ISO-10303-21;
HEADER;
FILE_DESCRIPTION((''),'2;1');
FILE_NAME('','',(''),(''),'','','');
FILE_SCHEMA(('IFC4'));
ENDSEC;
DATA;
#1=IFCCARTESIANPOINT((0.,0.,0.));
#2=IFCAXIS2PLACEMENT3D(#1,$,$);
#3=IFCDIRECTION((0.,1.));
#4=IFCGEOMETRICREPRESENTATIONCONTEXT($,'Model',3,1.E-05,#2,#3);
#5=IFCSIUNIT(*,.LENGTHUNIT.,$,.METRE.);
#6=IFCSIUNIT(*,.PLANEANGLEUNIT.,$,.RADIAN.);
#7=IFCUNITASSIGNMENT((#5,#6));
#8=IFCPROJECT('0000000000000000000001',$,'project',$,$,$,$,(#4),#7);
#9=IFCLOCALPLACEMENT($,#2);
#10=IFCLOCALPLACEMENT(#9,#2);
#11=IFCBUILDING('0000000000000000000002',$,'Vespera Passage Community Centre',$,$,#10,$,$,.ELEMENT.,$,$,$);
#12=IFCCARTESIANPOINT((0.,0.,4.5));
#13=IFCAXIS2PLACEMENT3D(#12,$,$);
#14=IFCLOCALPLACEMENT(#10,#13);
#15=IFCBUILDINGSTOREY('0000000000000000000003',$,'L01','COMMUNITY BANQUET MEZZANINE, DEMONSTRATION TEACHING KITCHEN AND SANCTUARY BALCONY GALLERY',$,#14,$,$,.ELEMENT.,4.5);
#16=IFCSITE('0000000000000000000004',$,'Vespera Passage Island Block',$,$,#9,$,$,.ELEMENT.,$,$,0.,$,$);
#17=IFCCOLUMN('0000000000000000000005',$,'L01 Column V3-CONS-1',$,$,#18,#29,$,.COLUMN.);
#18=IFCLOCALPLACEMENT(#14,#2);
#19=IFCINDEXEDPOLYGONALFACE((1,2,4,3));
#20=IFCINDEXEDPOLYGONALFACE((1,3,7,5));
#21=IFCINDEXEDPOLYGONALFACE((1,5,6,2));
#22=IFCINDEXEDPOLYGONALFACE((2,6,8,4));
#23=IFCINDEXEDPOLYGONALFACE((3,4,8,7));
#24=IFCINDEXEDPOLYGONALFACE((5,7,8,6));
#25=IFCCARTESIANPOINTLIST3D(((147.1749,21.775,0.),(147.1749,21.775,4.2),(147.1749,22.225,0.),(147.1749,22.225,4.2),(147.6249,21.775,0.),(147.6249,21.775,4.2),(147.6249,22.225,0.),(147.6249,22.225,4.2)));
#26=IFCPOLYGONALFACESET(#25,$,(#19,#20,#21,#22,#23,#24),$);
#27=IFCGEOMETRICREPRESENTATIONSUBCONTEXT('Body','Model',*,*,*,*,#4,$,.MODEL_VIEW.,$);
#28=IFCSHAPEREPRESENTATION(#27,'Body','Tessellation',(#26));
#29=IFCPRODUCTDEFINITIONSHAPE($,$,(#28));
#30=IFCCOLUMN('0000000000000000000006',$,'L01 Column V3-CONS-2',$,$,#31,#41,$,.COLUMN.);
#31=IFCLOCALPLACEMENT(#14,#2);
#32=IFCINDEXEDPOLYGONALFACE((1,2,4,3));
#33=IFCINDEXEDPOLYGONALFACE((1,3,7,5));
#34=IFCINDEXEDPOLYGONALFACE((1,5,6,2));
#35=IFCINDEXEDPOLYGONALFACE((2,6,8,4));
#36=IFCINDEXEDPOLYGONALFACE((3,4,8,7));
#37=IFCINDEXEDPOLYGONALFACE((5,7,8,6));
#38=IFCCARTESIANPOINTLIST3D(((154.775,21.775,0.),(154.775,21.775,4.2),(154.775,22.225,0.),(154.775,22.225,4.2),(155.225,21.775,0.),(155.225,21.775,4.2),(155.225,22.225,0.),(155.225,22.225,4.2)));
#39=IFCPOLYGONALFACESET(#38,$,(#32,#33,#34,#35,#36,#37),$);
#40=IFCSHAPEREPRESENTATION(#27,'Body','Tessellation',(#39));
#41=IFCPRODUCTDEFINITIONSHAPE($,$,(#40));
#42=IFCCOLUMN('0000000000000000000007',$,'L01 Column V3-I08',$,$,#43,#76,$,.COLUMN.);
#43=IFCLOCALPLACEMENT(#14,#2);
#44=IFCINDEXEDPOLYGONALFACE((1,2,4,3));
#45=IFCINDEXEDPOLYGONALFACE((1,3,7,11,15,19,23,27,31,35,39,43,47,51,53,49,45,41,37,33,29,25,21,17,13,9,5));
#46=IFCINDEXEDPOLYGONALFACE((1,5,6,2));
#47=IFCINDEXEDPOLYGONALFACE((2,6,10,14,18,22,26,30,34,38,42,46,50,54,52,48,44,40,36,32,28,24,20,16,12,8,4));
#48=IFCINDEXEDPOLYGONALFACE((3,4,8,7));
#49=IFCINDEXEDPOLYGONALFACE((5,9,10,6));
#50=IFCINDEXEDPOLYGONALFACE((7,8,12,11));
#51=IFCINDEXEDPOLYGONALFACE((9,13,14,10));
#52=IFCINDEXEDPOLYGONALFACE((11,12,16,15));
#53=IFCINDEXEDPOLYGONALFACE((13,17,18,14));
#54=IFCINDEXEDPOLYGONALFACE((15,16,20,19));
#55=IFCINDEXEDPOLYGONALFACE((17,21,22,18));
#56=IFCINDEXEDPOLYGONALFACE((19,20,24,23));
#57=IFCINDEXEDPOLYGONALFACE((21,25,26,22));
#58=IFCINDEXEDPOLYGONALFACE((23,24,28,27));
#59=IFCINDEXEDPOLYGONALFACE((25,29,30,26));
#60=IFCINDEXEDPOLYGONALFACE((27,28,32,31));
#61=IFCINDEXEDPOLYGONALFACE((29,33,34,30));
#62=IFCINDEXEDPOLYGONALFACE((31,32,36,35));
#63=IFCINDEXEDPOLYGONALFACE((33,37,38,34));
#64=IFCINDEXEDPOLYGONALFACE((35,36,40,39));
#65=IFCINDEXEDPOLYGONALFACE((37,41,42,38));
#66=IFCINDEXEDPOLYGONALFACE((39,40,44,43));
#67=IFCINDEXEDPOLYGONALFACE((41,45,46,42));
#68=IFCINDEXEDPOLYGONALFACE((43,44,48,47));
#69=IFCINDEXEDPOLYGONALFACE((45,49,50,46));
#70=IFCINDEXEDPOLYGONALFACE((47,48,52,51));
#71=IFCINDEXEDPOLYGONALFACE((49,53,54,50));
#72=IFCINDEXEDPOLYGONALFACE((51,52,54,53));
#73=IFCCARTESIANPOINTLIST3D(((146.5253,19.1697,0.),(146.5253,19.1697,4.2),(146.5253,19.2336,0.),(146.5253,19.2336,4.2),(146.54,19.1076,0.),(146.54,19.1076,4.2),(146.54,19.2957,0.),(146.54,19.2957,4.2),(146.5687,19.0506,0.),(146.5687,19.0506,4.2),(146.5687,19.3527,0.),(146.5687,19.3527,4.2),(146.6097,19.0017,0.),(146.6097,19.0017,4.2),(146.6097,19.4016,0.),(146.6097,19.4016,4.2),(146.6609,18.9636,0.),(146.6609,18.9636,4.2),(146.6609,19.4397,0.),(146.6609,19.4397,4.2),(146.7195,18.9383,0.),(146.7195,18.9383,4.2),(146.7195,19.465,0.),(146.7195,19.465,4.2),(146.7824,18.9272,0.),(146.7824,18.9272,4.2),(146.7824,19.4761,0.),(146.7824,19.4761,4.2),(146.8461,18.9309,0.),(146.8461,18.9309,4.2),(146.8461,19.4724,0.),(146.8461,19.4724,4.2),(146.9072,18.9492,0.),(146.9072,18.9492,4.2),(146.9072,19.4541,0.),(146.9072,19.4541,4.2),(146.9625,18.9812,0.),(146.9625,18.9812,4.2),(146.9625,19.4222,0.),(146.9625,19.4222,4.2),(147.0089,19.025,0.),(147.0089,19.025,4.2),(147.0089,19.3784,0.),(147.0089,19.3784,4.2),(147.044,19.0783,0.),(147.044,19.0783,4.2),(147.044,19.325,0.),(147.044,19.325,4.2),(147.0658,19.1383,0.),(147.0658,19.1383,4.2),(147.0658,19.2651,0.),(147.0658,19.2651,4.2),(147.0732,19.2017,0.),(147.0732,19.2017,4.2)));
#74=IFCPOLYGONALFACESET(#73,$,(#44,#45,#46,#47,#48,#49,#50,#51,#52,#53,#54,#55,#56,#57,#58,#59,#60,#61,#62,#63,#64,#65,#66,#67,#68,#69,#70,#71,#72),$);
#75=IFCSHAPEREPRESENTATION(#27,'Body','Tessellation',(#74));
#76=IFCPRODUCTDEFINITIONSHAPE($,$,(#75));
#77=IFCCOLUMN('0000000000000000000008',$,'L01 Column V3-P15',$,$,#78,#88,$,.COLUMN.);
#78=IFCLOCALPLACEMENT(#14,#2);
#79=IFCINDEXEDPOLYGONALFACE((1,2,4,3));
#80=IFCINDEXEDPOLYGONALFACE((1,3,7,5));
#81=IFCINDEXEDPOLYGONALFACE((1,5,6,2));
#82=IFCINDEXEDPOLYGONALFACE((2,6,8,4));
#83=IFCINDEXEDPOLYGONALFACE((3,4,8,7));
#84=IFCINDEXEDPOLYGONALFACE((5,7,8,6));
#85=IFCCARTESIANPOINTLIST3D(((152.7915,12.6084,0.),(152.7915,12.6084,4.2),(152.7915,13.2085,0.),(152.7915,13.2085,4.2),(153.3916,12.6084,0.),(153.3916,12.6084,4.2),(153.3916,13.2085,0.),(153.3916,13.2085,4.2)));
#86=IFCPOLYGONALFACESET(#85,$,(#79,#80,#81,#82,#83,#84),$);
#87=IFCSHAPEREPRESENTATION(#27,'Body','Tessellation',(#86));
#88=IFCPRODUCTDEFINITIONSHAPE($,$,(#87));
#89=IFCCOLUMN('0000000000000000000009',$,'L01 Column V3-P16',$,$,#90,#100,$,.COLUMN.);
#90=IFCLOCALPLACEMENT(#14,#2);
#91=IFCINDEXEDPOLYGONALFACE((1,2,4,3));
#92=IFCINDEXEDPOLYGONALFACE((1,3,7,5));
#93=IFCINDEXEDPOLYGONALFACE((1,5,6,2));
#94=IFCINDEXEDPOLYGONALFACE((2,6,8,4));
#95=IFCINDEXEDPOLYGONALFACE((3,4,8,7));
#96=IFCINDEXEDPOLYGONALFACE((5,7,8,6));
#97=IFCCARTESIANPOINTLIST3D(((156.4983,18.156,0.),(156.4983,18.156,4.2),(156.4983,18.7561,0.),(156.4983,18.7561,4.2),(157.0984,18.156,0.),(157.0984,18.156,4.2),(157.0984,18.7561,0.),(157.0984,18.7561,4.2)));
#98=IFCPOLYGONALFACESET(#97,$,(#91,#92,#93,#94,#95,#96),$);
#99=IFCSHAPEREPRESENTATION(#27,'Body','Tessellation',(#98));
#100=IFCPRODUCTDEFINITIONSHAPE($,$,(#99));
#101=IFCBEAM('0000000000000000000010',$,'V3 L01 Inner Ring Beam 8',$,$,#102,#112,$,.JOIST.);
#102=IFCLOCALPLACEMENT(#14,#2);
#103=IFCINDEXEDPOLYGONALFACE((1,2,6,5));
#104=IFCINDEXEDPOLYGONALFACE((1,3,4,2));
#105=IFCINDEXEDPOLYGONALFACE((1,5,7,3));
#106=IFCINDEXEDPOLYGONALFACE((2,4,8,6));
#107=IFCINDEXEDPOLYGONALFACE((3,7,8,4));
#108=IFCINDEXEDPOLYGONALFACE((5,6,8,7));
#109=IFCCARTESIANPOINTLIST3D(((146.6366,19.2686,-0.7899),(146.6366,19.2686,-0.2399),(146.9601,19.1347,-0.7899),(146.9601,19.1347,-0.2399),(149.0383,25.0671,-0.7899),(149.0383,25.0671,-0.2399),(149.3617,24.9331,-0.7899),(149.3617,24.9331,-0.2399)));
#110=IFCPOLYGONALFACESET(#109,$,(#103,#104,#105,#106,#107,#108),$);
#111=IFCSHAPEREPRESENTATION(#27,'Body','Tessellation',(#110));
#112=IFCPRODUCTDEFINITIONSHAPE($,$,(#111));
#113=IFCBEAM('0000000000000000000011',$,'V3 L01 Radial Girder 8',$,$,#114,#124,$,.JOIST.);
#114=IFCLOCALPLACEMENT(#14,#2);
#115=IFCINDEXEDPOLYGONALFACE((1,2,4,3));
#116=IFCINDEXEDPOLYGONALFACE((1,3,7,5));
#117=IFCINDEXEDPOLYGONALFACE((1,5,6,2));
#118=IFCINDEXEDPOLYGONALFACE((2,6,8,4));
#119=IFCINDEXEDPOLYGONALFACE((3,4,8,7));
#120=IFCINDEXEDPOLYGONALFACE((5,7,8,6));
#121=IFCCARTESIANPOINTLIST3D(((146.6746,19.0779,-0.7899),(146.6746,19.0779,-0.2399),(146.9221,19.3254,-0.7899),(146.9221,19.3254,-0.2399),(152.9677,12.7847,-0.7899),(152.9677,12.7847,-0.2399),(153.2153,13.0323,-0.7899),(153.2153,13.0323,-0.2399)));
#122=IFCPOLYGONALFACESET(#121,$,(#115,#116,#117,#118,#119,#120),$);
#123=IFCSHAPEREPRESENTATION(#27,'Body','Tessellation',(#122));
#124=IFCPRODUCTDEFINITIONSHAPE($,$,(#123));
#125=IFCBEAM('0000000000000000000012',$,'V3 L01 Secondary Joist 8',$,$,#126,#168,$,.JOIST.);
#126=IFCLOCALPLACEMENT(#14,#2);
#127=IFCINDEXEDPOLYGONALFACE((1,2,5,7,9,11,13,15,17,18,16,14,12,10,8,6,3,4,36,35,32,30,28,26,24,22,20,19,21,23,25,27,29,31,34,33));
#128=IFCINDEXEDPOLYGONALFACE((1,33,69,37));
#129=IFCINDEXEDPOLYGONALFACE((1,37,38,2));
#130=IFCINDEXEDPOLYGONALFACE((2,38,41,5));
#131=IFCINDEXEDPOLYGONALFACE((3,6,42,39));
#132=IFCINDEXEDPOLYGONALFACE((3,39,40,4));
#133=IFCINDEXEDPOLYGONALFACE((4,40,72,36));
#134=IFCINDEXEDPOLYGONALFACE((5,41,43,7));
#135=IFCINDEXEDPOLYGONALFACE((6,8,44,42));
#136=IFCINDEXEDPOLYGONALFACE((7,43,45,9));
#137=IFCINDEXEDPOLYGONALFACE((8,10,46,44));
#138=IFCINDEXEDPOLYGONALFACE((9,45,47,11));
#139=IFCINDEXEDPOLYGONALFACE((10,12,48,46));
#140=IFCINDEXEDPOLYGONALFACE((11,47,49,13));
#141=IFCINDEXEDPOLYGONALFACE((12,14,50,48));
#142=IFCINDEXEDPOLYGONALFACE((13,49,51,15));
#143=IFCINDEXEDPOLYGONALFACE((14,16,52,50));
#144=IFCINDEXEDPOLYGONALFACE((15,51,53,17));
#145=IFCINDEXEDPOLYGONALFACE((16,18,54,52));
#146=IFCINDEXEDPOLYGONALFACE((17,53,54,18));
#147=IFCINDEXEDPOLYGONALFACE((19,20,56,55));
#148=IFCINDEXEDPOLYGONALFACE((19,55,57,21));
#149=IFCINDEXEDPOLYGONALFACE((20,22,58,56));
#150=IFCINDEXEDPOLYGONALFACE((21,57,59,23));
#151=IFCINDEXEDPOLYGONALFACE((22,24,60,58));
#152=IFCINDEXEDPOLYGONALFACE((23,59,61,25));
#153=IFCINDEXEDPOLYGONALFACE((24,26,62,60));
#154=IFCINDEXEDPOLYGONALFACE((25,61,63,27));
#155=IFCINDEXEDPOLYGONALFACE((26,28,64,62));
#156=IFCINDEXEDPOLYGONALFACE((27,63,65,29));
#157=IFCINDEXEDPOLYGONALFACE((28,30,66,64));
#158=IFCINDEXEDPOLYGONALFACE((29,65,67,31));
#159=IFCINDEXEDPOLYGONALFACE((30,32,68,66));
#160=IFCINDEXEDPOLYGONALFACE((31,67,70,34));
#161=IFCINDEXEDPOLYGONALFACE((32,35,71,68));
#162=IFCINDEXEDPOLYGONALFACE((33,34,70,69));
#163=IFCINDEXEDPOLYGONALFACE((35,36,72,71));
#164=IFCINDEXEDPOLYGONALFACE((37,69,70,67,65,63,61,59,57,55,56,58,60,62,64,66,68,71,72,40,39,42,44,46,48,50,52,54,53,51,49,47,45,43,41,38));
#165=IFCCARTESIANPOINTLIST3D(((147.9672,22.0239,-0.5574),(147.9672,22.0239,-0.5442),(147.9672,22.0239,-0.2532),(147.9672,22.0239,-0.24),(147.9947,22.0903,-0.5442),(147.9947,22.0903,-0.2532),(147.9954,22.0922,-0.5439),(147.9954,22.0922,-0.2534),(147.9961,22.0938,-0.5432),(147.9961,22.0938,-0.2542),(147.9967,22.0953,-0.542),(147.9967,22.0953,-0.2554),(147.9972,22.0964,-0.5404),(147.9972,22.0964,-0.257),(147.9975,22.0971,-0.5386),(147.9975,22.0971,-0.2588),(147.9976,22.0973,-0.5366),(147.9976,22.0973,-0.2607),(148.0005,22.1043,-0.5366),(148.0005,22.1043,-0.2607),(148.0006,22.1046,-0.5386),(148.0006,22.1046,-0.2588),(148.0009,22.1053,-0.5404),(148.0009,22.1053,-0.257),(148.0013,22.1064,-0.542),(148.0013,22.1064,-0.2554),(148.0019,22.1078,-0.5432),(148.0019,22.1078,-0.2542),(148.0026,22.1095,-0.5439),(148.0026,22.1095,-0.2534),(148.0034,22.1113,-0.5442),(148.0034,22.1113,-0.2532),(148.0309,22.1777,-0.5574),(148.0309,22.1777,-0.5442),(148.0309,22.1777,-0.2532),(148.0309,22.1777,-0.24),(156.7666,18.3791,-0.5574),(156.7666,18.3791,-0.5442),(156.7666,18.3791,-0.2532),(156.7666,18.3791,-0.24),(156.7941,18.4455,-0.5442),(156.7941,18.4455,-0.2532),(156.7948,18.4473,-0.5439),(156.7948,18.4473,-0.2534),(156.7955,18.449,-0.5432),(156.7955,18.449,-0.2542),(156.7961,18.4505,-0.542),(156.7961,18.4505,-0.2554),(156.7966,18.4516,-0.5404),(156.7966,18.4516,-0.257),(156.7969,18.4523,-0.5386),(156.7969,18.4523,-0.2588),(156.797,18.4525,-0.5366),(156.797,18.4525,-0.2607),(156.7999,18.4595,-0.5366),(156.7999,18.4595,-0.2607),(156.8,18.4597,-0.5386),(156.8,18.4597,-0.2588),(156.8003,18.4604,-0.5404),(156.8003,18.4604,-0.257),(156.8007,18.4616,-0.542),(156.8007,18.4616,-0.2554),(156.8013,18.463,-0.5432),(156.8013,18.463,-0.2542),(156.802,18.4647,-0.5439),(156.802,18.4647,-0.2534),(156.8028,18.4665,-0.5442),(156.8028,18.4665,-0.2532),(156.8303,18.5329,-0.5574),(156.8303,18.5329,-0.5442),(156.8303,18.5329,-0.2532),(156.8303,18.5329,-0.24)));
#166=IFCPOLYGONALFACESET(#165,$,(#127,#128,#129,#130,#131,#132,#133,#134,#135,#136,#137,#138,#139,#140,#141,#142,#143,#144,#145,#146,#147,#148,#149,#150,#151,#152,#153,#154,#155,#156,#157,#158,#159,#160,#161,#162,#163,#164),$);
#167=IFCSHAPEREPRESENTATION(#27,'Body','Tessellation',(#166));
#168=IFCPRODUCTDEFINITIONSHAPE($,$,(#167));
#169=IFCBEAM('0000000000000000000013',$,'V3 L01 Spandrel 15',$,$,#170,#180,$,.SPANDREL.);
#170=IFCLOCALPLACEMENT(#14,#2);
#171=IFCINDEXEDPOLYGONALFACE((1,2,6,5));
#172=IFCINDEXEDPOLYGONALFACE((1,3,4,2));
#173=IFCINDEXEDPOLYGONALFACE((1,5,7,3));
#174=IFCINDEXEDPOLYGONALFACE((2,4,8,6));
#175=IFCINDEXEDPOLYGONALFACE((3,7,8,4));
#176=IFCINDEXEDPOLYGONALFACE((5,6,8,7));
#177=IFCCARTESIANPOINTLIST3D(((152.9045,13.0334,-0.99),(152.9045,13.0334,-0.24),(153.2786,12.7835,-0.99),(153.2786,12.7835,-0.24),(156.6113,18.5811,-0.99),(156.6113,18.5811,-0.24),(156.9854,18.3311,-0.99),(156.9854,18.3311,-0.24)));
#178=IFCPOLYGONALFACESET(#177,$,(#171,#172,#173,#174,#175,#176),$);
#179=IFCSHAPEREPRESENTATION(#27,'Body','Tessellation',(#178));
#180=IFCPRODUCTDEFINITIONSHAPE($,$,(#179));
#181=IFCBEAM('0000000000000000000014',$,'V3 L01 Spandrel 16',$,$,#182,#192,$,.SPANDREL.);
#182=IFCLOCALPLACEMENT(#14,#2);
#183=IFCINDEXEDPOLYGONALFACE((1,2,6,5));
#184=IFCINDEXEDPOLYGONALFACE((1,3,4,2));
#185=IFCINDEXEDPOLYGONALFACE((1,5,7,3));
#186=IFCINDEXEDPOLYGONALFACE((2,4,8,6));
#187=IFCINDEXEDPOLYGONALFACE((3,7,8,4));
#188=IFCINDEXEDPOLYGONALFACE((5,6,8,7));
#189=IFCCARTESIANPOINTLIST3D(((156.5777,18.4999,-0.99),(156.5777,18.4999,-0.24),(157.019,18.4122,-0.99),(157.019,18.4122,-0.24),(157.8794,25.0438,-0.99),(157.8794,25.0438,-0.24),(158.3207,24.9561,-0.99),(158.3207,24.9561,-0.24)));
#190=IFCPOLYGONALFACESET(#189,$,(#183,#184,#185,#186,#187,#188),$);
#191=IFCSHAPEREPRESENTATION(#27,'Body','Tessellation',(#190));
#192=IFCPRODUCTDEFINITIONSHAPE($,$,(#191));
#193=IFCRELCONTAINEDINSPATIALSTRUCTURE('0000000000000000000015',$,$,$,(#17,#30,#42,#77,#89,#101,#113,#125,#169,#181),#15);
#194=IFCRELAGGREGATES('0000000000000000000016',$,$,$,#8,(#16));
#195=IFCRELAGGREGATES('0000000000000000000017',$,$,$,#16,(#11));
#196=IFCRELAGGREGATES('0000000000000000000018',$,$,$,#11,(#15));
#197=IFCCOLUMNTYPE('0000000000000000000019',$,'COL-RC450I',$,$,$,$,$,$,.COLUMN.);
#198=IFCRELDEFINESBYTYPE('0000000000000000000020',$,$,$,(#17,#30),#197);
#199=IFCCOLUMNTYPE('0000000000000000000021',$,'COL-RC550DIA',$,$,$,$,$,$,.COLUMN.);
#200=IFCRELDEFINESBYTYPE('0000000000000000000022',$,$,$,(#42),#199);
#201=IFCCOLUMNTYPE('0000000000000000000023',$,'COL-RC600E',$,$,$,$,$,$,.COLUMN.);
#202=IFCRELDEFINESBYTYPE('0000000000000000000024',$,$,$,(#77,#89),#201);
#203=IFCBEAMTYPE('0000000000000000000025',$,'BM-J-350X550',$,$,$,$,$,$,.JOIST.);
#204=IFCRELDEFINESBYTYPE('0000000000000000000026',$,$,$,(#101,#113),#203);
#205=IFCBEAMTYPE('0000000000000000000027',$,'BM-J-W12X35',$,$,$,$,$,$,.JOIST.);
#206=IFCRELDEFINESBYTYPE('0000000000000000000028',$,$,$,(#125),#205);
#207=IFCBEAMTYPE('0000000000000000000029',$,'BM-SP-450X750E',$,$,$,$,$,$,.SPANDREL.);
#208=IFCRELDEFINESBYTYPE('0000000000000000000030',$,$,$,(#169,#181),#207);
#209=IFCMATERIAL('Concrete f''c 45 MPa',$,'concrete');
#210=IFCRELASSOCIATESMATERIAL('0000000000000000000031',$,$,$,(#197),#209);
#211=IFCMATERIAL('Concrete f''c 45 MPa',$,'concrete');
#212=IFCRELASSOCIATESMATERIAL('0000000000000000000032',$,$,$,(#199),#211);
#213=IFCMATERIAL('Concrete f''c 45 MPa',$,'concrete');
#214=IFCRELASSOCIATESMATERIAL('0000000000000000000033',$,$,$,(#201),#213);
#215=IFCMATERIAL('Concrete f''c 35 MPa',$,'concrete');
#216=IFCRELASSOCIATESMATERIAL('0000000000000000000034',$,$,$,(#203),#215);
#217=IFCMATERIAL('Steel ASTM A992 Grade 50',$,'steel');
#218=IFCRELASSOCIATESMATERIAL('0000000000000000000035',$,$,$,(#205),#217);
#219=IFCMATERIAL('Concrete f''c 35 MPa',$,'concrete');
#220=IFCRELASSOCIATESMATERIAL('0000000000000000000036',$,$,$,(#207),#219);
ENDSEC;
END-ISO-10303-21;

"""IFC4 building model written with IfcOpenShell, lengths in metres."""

from ifc_helpers import new_model, si_unit, direction, frame, origin, origin_2d, place, context, subcontext, project, spatial, rectangle, circle, i_section, extrude, material, material_profile, profile_set, type_object, element, save


model = new_model("IFC4")

# Units and contexts
model_context = context("Model", 3, precision=1e-05, world=origin(), true_north=direction((0.0, 1.0)))
body_context = subcontext(model_context, "Body", "Model", "MODEL_VIEW")
ifc_project = project(units=[si_unit("LENGTHUNIT", "METRE"), si_unit("PLANEANGLEUNIT", "RADIAN")], contexts=[model_context])

# Site, building, storey
site_placement = place(None, origin())
site = spatial("IfcSite", under=ifc_project, at=site_placement, Name="Vespera Passage Island Block", CompositionType="ELEMENT", RefElevation=0.0)
building_placement = place(site_placement, origin())
building = spatial("IfcBuilding", under=site, at=building_placement, Name="Vespera Passage Community Centre", CompositionType="ELEMENT")
storey_placement = place(building_placement, frame((0.0, 0.0, 4.5)))
storey = spatial("IfcBuildingStorey", under=building, at=storey_placement, Name="L01", Description="COMMUNITY BANQUET MEZZANINE, DEMONSTRATION TEACHING KITCHEN AND SANCTUARY BALCONY GALLERY", CompositionType="ELEMENT", Elevation=4.5)

# Columns
ifc_material_1 = material(Name="Concrete f'c 45 MPa", Category="concrete")
ifc_material_profile_1 = material_profile(ifc_material_1, rectangle(XDim=0.45, YDim=0.45, at=origin_2d()), Name="RC450X450")
ifc_profile_set_1 = profile_set([ifc_material_profile_1], Name="Concrete f'c 45 MPa")
column_type_1 = type_object("IfcColumnType", Name="COL-RC450I", PredefinedType="COLUMN", material=ifc_profile_set_1)
for number, where, z_axis, x_axis, name in (
    (1, (147.3999, 22.0, 0.0), (0.0, 0.0, 1.0), (1.0, 0.0, 0.0), "L01 Column V3-CONS-1"),
    (2, (155.0, 22.0, 0.0), (0.0, 0.0, 1.0), (1.0, 0.0, 0.0), "L01 Column V3-CONS-2"),
):
    element("IfcColumn", number, at=place(storey_placement, frame(where, z_axis=z_axis, x_axis=x_axis)), inside=storey, type_object=column_type_1, Name=name, PredefinedType="COLUMN", context=body_context, shape_type="SweptSolid", body=[
        extrude(rectangle(XDim=0.45, YDim=0.45, at=origin_2d()), origin(), (0.0, 0.0, 1.0), 4.2),
    ])
ifc_material_2 = material(Name="Concrete f'c 45 MPa", Category="concrete")
ifc_material_profile_2 = material_profile(ifc_material_2, circle(Radius=0.2749, at=origin_2d()), Name="RC550DIA")
ifc_profile_set_2 = profile_set([ifc_material_profile_2], Name="Concrete f'c 45 MPa")
column_type_2 = type_object("IfcColumnType", Name="COL-RC550DIA", PredefinedType="COLUMN", material=ifc_profile_set_2)
column_placement = place(storey_placement, frame((146.7983, 19.2017, 0.0), z_axis=(0.0, 0.0, 1.0), x_axis=(1.0, 0.0, 0.0)))
element("IfcColumn", 3, at=column_placement, inside=storey, type_object=column_type_2, Name="L01 Column V3-I08", PredefinedType="COLUMN", context=body_context, shape_type="SweptSolid", body=[
    extrude(circle(Radius=0.2749, at=origin_2d()), origin(), (0.0, 0.0, 1.0), 4.2),
])
ifc_material_3 = material(Name="Concrete f'c 45 MPa", Category="concrete")
ifc_material_profile_3 = material_profile(ifc_material_3, rectangle(XDim=0.6001, YDim=0.6001, at=origin_2d()), Name="RC600X600")
ifc_profile_set_3 = profile_set([ifc_material_profile_3], Name="Concrete f'c 45 MPa")
column_type_3 = type_object("IfcColumnType", Name="COL-RC600E", PredefinedType="COLUMN", material=ifc_profile_set_3)
for number, where, z_axis, x_axis, name in (
    (4, (153.0916, 12.9084, 0.0), (0.0, 0.0, 1.0), (1.0, 0.0, 0.0), "L01 Column V3-P15"),
    (5, (156.7983, 18.4561, 0.0), (0.0, 0.0, 1.0), (1.0, 0.0, 0.0), "L01 Column V3-P16"),
):
    element("IfcColumn", number, at=place(storey_placement, frame(where, z_axis=z_axis, x_axis=x_axis)), inside=storey, type_object=column_type_3, Name=name, PredefinedType="COLUMN", context=body_context, shape_type="SweptSolid", body=[
        extrude(rectangle(XDim=0.6001, YDim=0.6001, at=origin_2d()), origin(), (0.0, 0.0, 1.0), 4.2),
    ])

# Beams
ifc_material_4 = material(Name="Concrete f'c 35 MPa", Category="concrete")
ifc_material_profile_4 = material_profile(ifc_material_4, rectangle(XDim=0.3501, YDim=0.55, at=origin_2d()), Name="RC350X550")
ifc_profile_set_4 = profile_set([ifc_material_profile_4], Name="Concrete f'c 35 MPa")
beam_type_1 = type_object("IfcBeamType", Name="BM-J-350X550", PredefinedType="JOIST", material=ifc_profile_set_4)
beam_1_placement = place(storey_placement, frame((146.7983, 19.2017, -0.5149), z_axis=(0.382664, 0.923887, 0.0), x_axis=(-0.923887, 0.382664, 0.0)))
element("IfcBeam", 6, at=beam_1_placement, inside=storey, type_object=beam_type_1, Name="V3 L01 Inner Ring Beam 8", PredefinedType="JOIST", context=body_context, shape_type="SweptSolid", body=[
    extrude(rectangle(XDim=0.3501, YDim=0.55, at=origin_2d()), origin(), (0.0, 0.0, 1.0), 6.2761),
])
beam_2_placement = place(storey_placement, frame((146.7983, 19.2017, -0.5149), z_axis=(0.707107, -0.707107, 0.0), x_axis=(0.707107, 0.707107, 0.0)))
element("IfcBeam", 7, at=beam_2_placement, inside=storey, type_object=beam_type_1, Name="V3 L01 Radial Girder 8", PredefinedType="JOIST", context=body_context, shape_type="SweptSolid", body=[
    extrude(rectangle(XDim=0.3501, YDim=0.55, at=origin_2d()), origin(), (0.0, 0.0, 1.0), 8.8999),
])
ifc_material_5 = material(Name="Steel ASTM A992 Grade 50", Category="steel")
ifc_material_profile_5 = material_profile(ifc_material_5, i_section(OverallWidth=0.1665, OverallDepth=0.3174, WebThickness=0.0076, FlangeThickness=0.0132, FilletRadius=0.0076, at=origin_2d()), Name="W12X35")
ifc_profile_set_5 = profile_set([ifc_material_profile_5], Name="Steel ASTM A992 Grade 50")
beam_type_2 = type_object("IfcBeamType", Name="BM-J-W12X35", PredefinedType="JOIST", material=ifc_profile_set_5)
beam_3_placement = place(storey_placement, frame((147.999, 22.1008, -0.3987), z_axis=(0.92388, -0.382682, 0.0), x_axis=(0.382682, 0.92388, 0.0)))
element("IfcBeam", 8, at=beam_3_placement, inside=storey, type_object=beam_type_2, Name="V3 L01 Secondary Joist 8", PredefinedType="JOIST", context=body_context, shape_type="SweptSolid", body=[
    extrude(i_section(OverallWidth=0.1665, OverallDepth=0.3174, WebThickness=0.0076, FlangeThickness=0.0132, FilletRadius=0.0076, at=origin_2d()), origin(), (0.0, 0.0, 1.0), 9.5244),
])
ifc_material_6 = material(Name="Concrete f'c 35 MPa", Category="concrete")
ifc_material_profile_6 = material_profile(ifc_material_6, rectangle(XDim=0.45, YDim=0.75, at=origin_2d()), Name="RC450X750")
ifc_profile_set_6 = profile_set([ifc_material_profile_6], Name="Concrete f'c 35 MPa")
beam_type_3 = type_object("IfcBeamType", Name="BM-SP-450X750E", PredefinedType="SPANDREL", material=ifc_profile_set_6)
for number, where, z_axis, x_axis, name in (
    (9, (153.0916, 12.9084, -0.615), (0.55557, 0.83147, 0.0), (-0.83147, 0.55557, 0.0), "V3 L01 Spandrel 15"),
    (10, (156.7983, 18.4561, -0.615), (0.195103, 0.980783, 0.0), (-0.980783, 0.195103, 0.0), "V3 L01 Spandrel 16"),
):
    element("IfcBeam", number, at=place(storey_placement, frame(where, z_axis=z_axis, x_axis=x_axis)), inside=storey, type_object=beam_type_3, Name=name, PredefinedType="SPANDREL", context=body_context, shape_type="SweptSolid", body=[
        extrude(rectangle(XDim=0.45, YDim=0.75, at=origin_2d()), origin(), (0.0, 0.0, 1.0), 6.6721),
    ])

save(model, "model.ifc")
